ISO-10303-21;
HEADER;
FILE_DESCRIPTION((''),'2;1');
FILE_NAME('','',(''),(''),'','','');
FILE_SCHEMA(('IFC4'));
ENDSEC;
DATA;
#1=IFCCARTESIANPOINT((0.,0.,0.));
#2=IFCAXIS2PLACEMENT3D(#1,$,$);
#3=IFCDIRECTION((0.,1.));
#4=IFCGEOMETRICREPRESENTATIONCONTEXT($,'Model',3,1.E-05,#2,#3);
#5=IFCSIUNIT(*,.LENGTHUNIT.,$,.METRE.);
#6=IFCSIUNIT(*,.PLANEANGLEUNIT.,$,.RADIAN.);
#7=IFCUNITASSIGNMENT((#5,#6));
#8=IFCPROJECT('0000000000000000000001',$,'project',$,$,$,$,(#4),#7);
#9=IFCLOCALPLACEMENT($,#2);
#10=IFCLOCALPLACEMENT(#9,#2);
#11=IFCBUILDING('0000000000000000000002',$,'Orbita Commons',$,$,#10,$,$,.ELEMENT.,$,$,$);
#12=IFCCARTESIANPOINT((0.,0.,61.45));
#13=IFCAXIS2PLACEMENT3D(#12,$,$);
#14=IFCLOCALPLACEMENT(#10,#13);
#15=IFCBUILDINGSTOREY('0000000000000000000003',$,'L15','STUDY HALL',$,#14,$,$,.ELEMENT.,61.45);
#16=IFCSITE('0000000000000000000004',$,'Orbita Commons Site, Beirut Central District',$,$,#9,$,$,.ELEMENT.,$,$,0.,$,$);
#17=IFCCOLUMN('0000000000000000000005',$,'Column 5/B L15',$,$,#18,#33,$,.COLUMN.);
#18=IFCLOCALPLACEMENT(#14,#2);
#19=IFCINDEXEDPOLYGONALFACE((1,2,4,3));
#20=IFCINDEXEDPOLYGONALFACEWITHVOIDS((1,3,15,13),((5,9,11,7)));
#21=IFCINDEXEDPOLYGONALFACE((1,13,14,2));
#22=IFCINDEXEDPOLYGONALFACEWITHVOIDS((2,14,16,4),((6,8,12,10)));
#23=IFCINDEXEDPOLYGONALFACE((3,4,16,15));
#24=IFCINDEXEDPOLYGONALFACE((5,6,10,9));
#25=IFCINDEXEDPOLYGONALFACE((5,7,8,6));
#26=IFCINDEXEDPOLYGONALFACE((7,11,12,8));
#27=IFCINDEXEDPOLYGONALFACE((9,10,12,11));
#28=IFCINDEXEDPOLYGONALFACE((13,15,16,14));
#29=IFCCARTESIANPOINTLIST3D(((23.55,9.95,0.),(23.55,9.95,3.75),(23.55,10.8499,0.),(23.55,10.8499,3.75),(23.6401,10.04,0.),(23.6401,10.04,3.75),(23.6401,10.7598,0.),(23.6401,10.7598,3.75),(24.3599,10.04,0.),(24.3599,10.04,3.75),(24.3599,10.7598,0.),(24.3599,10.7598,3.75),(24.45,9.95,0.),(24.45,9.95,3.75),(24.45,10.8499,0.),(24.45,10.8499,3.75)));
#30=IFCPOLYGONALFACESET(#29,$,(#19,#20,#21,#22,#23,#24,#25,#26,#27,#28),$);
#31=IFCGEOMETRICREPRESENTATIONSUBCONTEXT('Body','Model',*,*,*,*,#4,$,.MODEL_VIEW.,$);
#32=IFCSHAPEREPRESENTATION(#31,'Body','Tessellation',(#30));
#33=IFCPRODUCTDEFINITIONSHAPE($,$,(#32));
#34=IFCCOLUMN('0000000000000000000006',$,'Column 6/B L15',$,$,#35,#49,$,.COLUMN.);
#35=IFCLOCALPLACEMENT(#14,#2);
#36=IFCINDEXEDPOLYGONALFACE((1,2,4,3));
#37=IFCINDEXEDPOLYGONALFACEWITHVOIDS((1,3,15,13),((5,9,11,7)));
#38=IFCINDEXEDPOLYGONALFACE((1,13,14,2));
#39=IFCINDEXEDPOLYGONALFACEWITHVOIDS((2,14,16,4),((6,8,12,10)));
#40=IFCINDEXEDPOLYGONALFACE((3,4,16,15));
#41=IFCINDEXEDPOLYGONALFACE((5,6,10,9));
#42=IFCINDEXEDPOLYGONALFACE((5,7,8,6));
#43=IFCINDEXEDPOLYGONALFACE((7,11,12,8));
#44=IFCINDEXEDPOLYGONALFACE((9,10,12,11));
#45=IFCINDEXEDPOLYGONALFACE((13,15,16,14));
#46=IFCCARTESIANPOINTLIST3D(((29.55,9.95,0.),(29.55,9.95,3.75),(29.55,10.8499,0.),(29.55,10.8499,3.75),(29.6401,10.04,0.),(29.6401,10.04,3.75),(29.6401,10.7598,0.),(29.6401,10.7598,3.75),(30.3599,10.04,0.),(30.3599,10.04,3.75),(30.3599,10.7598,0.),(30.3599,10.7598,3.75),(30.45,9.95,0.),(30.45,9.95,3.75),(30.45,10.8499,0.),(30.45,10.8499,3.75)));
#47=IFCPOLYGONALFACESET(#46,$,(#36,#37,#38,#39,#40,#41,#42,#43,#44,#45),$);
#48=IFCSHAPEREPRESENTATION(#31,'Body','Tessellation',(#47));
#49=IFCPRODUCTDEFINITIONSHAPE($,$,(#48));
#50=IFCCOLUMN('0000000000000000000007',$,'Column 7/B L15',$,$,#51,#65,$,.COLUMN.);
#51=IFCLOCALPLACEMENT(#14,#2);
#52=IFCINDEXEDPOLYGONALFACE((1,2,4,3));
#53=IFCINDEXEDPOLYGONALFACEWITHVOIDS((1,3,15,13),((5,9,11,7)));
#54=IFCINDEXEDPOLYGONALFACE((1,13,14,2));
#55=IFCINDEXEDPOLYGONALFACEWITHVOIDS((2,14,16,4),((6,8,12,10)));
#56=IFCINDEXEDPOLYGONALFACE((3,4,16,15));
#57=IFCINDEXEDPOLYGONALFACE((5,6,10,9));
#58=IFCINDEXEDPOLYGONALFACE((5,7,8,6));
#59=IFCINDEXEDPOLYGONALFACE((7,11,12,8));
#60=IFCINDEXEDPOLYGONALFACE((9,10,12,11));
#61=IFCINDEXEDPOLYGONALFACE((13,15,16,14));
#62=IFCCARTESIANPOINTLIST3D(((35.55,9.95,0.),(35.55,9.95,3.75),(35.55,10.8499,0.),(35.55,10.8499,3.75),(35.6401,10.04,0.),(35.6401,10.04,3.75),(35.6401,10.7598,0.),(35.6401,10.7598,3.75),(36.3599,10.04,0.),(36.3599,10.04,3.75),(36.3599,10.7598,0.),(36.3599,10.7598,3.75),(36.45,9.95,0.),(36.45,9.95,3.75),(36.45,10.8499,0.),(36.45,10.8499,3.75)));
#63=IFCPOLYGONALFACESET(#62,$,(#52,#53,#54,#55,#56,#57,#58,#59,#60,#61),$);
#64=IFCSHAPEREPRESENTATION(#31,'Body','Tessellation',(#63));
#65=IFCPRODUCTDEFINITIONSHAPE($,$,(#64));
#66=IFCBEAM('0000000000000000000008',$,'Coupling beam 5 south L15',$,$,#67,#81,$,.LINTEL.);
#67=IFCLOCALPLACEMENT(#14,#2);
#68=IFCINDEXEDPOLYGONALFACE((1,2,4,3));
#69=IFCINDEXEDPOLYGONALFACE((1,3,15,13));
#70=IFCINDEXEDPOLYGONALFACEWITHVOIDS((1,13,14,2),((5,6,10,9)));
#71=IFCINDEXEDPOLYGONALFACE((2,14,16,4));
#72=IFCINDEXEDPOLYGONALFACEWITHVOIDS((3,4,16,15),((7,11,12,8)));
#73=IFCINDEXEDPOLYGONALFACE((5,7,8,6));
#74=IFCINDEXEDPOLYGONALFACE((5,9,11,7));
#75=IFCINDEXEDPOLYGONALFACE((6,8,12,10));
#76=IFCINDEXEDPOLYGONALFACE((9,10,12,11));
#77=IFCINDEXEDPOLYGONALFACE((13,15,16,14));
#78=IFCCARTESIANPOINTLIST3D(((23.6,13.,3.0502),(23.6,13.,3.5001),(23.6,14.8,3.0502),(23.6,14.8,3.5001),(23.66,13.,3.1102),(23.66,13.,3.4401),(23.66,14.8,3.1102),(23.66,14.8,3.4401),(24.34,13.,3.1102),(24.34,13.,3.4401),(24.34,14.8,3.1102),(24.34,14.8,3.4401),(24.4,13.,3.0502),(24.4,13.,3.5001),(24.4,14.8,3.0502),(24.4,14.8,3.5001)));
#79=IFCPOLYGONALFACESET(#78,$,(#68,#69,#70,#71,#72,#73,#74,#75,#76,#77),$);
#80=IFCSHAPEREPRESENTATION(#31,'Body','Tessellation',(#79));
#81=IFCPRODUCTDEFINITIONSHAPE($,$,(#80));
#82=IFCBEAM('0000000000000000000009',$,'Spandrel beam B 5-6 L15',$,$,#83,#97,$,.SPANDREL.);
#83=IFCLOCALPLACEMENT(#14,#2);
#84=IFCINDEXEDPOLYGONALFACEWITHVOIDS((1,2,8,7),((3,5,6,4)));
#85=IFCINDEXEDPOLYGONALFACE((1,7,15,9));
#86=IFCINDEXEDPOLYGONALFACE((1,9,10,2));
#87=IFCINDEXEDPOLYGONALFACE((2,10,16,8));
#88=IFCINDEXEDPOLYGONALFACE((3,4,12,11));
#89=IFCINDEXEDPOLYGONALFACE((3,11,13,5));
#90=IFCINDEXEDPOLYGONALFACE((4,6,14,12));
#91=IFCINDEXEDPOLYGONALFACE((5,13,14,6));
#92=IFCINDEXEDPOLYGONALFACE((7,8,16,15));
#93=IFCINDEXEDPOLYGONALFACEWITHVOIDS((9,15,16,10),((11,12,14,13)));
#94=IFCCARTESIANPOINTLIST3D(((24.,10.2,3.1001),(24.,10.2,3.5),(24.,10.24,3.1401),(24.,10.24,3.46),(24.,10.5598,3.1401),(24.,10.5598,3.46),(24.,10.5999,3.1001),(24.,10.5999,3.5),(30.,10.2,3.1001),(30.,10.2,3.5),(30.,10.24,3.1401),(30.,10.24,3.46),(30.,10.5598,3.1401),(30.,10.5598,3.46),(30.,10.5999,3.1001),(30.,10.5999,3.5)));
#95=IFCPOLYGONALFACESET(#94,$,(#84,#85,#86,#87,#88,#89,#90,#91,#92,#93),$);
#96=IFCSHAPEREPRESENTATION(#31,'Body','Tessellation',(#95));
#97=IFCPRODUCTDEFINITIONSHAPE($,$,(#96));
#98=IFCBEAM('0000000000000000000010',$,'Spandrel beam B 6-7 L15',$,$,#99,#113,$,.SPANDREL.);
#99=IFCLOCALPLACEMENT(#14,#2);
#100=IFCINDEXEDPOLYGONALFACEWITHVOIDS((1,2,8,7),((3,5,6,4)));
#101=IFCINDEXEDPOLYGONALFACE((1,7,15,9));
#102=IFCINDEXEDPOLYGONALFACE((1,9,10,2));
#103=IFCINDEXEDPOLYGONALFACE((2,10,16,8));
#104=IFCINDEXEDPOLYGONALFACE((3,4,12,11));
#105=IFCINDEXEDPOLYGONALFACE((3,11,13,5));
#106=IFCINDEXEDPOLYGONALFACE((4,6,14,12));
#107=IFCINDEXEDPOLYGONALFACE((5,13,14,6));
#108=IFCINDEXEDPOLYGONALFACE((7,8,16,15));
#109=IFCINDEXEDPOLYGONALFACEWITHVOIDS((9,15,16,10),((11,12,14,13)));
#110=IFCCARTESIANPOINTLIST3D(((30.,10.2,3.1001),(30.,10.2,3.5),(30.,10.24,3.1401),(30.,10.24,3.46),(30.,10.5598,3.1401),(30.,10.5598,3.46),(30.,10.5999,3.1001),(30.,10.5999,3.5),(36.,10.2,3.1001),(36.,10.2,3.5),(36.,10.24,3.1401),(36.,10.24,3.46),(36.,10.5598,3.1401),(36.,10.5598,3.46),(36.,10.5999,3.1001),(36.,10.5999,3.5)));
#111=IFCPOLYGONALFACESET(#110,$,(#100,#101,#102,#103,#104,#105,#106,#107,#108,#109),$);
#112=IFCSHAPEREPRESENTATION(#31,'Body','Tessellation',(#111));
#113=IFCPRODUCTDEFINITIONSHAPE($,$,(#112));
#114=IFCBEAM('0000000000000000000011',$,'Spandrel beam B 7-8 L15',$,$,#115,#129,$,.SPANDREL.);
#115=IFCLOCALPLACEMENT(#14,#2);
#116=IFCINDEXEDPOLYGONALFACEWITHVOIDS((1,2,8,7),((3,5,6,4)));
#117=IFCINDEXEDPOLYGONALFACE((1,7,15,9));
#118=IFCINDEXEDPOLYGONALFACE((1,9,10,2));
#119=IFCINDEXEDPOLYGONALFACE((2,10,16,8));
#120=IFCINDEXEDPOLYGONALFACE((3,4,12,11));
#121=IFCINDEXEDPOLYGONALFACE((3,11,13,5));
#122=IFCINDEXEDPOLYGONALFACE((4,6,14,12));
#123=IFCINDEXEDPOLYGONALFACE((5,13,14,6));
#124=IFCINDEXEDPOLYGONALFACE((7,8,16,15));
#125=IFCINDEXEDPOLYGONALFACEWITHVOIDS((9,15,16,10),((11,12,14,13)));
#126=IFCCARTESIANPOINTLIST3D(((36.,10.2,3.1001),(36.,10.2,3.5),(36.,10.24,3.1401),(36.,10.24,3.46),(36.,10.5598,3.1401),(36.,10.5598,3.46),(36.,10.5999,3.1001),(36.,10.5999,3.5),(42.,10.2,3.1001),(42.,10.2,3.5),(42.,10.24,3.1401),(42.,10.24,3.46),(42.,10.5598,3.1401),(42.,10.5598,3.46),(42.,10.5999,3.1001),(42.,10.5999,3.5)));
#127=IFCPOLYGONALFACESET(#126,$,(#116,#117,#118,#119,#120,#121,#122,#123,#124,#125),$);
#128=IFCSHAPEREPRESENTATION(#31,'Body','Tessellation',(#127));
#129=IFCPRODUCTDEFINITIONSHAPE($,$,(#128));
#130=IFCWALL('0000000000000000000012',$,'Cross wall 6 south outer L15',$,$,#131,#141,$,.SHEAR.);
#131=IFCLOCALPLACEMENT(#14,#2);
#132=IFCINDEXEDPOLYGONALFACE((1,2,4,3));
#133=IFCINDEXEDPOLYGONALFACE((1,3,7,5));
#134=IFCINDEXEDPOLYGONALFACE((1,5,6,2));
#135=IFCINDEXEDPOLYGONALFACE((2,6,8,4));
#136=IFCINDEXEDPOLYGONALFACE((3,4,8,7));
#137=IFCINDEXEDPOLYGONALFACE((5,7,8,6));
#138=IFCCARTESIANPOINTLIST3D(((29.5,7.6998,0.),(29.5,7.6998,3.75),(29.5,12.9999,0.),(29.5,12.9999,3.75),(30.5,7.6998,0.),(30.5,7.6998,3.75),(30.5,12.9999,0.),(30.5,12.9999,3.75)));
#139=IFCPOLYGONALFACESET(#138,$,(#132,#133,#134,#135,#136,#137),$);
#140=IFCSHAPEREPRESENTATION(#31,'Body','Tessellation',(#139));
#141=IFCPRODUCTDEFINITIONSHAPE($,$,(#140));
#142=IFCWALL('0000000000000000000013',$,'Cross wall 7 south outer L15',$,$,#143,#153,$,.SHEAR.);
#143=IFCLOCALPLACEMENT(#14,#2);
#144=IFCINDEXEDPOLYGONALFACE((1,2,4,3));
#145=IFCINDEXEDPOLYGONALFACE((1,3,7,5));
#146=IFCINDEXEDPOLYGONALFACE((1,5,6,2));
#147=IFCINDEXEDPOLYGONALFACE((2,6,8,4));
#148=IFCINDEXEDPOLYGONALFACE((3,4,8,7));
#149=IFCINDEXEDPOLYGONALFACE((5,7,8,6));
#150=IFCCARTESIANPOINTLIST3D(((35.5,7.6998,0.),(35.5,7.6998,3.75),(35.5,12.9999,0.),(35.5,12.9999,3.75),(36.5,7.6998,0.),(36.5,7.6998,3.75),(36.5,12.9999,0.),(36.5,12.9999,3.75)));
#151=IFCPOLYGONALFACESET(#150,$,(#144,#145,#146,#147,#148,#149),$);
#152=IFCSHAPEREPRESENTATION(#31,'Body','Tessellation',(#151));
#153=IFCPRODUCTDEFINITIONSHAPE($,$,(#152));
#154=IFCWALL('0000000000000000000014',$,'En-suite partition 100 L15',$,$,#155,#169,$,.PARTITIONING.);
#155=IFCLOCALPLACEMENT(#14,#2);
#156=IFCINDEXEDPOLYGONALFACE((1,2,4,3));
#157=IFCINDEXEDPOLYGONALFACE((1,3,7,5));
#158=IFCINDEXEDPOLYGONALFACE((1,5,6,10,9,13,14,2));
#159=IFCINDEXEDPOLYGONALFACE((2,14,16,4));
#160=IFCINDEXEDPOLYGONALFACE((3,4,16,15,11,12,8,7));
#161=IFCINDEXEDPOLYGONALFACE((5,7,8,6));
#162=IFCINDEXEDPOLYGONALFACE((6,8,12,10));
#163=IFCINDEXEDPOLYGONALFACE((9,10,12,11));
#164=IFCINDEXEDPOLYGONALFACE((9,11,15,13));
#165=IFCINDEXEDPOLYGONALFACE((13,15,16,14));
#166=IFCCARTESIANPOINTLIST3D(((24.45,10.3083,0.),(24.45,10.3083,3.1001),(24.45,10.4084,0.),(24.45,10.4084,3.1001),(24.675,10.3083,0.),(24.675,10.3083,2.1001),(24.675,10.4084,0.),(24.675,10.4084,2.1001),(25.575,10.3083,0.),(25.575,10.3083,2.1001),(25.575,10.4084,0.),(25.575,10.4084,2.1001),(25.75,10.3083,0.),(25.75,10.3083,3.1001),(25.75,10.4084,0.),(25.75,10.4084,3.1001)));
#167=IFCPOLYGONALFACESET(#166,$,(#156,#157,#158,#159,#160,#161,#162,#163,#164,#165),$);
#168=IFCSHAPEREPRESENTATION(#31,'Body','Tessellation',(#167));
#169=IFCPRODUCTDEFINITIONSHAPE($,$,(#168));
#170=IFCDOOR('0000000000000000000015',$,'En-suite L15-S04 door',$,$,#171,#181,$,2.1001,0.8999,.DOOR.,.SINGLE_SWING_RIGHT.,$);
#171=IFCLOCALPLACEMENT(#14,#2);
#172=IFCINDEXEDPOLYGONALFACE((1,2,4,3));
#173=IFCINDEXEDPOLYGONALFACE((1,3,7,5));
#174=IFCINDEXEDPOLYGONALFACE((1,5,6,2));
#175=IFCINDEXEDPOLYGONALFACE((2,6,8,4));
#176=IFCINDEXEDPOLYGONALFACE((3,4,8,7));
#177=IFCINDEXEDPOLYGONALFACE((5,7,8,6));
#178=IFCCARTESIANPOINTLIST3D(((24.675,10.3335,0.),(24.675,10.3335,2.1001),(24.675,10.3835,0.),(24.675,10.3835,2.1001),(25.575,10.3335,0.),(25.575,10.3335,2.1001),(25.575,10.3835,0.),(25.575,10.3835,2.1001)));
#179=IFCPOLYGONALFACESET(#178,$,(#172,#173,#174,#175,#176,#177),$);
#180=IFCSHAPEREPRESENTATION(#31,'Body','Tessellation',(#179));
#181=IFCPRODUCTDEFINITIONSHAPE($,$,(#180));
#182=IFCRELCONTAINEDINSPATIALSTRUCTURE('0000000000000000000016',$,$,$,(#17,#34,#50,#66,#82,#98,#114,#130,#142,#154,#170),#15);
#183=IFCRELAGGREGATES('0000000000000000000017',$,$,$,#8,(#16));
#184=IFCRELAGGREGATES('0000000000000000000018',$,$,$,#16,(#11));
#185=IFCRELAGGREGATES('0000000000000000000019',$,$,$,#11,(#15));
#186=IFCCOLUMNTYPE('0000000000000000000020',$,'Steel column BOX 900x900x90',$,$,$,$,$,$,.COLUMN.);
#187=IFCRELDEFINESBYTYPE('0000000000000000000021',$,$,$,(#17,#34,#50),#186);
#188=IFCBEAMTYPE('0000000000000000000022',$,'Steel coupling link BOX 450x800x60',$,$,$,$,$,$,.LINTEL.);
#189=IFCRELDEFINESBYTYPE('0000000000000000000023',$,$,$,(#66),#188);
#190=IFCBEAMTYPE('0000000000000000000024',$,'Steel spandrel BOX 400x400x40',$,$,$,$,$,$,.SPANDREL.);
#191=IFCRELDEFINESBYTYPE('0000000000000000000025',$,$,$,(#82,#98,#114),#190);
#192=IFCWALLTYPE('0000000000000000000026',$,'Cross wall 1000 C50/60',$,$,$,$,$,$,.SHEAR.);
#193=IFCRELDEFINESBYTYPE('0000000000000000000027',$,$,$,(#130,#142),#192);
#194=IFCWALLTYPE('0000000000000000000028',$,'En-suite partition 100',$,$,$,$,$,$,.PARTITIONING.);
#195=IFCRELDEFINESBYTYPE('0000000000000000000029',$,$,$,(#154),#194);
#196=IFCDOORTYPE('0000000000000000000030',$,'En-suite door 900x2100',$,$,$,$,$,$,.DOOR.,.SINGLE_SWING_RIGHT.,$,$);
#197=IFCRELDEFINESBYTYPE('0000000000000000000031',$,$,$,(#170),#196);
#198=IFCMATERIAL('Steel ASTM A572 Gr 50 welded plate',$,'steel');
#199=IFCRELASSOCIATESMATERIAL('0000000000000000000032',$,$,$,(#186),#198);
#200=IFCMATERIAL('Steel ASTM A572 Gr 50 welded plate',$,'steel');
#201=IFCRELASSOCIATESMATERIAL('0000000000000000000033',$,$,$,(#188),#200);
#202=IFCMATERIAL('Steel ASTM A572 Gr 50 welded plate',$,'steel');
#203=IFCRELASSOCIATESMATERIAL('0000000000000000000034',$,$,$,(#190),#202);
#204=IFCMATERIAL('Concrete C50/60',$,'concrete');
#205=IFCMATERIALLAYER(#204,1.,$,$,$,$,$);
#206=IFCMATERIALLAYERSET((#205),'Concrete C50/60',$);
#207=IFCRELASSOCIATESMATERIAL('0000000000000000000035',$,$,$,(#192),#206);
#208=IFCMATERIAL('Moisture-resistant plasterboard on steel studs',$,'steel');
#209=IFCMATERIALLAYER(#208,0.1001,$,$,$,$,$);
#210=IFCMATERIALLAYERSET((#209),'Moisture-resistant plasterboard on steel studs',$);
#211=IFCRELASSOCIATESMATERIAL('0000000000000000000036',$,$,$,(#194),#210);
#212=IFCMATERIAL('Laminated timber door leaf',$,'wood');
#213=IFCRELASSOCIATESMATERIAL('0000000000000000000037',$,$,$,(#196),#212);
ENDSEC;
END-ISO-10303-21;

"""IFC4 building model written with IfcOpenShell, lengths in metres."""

from ifc_helpers import new_model, si_unit, direction, frame, frame_2d, origin, origin_2d, place, context, subcontext, project, spatial, polyline, rectangle, hollow_rectangle, outline, extrude, material, layer, layer_set, material_profile, profile_set, type_object, element, fill, save


model = new_model("IFC4")

# Units and contexts
model_context = context("Model", 3, precision=1e-05, world=origin(), true_north=direction((0.0, 1.0)))
body_context = subcontext(model_context, "Body", "Model", "MODEL_VIEW")
ifc_project = project(units=[si_unit("LENGTHUNIT", "METRE"), si_unit("PLANEANGLEUNIT", "RADIAN")], contexts=[model_context])

# Site, building, storey
site_placement = place(None, origin())
site = spatial("IfcSite", under=ifc_project, at=site_placement, Name="Orbita Commons Site, Beirut Central District", CompositionType="ELEMENT", RefElevation=0.0)
building_placement = place(site_placement, origin())
building = spatial("IfcBuilding", under=site, at=building_placement, Name="Orbita Commons", CompositionType="ELEMENT")
storey_placement = place(building_placement, frame((0.0, 0.0, 61.45)))
storey = spatial("IfcBuildingStorey", under=building, at=storey_placement, Name="L15", Description="STUDY HALL", CompositionType="ELEMENT", Elevation=61.45)

# Columns
ifc_material_1 = material(Name="Steel ASTM A572 Gr 50 welded plate", Category="steel")
ifc_material_profile_1 = material_profile(ifc_material_1, hollow_rectangle(XDim=0.8999, YDim=0.8999, WallThickness=0.0901, at=origin_2d()), Name="BOX 900x900x90")
ifc_profile_set_1 = profile_set([ifc_material_profile_1], Name="Steel ASTM A572 Gr 50 welded plate")
column_type = type_object("IfcColumnType", Name="Steel column BOX 900x900x90", PredefinedType="COLUMN", material=ifc_profile_set_1)
for number, where, z_axis, x_axis, name in (
    (1, (24.0, 10.3999, 0.0), (0.0, 0.0, 1.0), (1.0, 0.0, 0.0), "Column 5/B L15"),
    (2, (30.0, 10.3999, 0.0), (0.0, 0.0, 1.0), (1.0, 0.0, 0.0), "Column 6/B L15"),
    (3, (36.0, 10.3999, 0.0), (0.0, 0.0, 1.0), (1.0, 0.0, 0.0), "Column 7/B L15"),
):
    element("IfcColumn", number, at=place(storey_placement, frame(where, z_axis=z_axis, x_axis=x_axis)), inside=storey, type_object=column_type, Name=name, PredefinedType="COLUMN", context=body_context, shape_type="SweptSolid", body=[
        extrude(hollow_rectangle(XDim=0.8999, YDim=0.8999, WallThickness=0.0901, at=origin_2d()), origin(), (0.0, 0.0, 1.0), 3.75),
    ])

# Beams
ifc_material_2 = material(Name="Steel ASTM A572 Gr 50 welded plate", Category="steel")
ifc_material_profile_2 = material_profile(ifc_material_2, hollow_rectangle(XDim=0.8, YDim=0.45, WallThickness=0.0601, at=origin_2d()), Name="BOX 450x800x60")
ifc_profile_set_2 = profile_set([ifc_material_profile_2], Name="Steel ASTM A572 Gr 50 welded plate")
beam_type_1 = type_object("IfcBeamType", Name="Steel coupling link BOX 450x800x60", PredefinedType="LINTEL", material=ifc_profile_set_2)
beam_placement = place(storey_placement, frame((24.0, 13.0, 3.2751), z_axis=(0.0, 1.0, 0.0), x_axis=(-1.0, 0.0, 0.0)))
element("IfcBeam", 4, at=beam_placement, inside=storey, type_object=beam_type_1, Name="Coupling beam 5 south L15", PredefinedType="LINTEL", context=body_context, shape_type="SweptSolid", body=[
    extrude(hollow_rectangle(XDim=0.8, YDim=0.45, WallThickness=0.0601, at=origin_2d()), origin(), (0.0, 0.0, 1.0), 1.8),
])
ifc_material_3 = material(Name="Steel ASTM A572 Gr 50 welded plate", Category="steel")
ifc_material_profile_3 = material_profile(ifc_material_3, hollow_rectangle(XDim=0.3999, YDim=0.3999, WallThickness=0.04, at=origin_2d()), Name="BOX 400x400x40")
ifc_profile_set_3 = profile_set([ifc_material_profile_3], Name="Steel ASTM A572 Gr 50 welded plate")
beam_type_2 = type_object("IfcBeamType", Name="Steel spandrel BOX 400x400x40", PredefinedType="SPANDREL", material=ifc_profile_set_3)
for number, where, z_axis, x_axis, name in (
    (5, (24.0, 10.3999, 3.3), (1.0, 0.0, 0.0), (0.0, 1.0, 0.0), "Spandrel beam B 5-6 L15"),
    (6, (30.0, 10.3999, 3.3), (1.0, 0.0, 0.0), (0.0, 1.0, 0.0), "Spandrel beam B 6-7 L15"),
    (7, (36.0, 10.3999, 3.3), (1.0, 0.0, 0.0), (0.0, 1.0, 0.0), "Spandrel beam B 7-8 L15"),
):
    element("IfcBeam", number, at=place(storey_placement, frame(where, z_axis=z_axis, x_axis=x_axis)), inside=storey, type_object=beam_type_2, Name=name, PredefinedType="SPANDREL", context=body_context, shape_type="SweptSolid", body=[
        extrude(hollow_rectangle(XDim=0.3999, YDim=0.3999, WallThickness=0.04, at=origin_2d()), origin(), (0.0, 0.0, 1.0), 6.0),
    ])

# Walls
ifc_material_4 = material(Name="Concrete C50/60", Category="concrete")
ifc_layer_1 = layer(ifc_material_4, 1.0)
ifc_layer_set_1 = layer_set([ifc_layer_1], Name="Concrete C50/60")
wall_type_1 = type_object("IfcWallType", Name="Cross wall 1000 C50/60", PredefinedType="SHEAR", material=ifc_layer_set_1)
for number, where, z_axis, x_axis, name in (
    (8, (30.0, 7.7, 0.0), (0.0, 0.0, 1.0), (0.0, 1.0, 0.0), "Cross wall 6 south outer L15"),
    (9, (36.0, 7.7, 0.0), (0.0, 0.0, 1.0), (0.0, 1.0, 0.0), "Cross wall 7 south outer L15"),
):
    element("IfcWall", number, at=place(storey_placement, frame(where, z_axis=z_axis, x_axis=x_axis)), inside=storey, type_object=wall_type_1, Name=name, PredefinedType="SHEAR", context=body_context, shape_type="SweptSolid", body=[
        extrude(rectangle(XDim=5.3, YDim=1.0, at=frame_2d((2.6499, 0.0))), origin(), (0.0, 0.0, 1.0), 3.75),
    ])

# Wall, opening, door
ifc_material_5 = material(Name="Moisture-resistant plasterboard on steel studs", Category="steel")
ifc_layer_2 = layer(ifc_material_5, 0.1001)
ifc_layer_set_2 = layer_set([ifc_layer_2], Name="Moisture-resistant plasterboard on steel studs")
wall_type_2 = type_object("IfcWallType", Name="En-suite partition 100", PredefinedType="PARTITIONING", material=ifc_layer_set_2)
wall_1_placement = place(storey_placement, frame((25.75, 10.3584, 0.0), z_axis=(0.0, 0.0, 1.0), x_axis=(-1.0, 0.0, 0.0)))
wall_1 = element("IfcWall", 10, at=wall_1_placement, inside=storey, type_object=wall_type_2, Name="En-suite partition 100 L15", PredefinedType="PARTITIONING", context=body_context, shape_type="SweptSolid", body=[
    extrude(outline(polyline([(0.0, 0.0), (1.3, 0.0), (1.3, 3.1001), (0.0, 3.1001), (0.0, 0.0)])), frame((0.0, 0.05, 0.0), z_axis=(0.0, -1.0, 0.0), x_axis=(1.0, 0.0, 0.0)), (0.0, 0.0, 1.0), 0.1001),
])
opening_1_placement = place(wall_1_placement, frame((0.175, 0.0, 0.0)))
opening_1 = element("IfcOpeningElement", 11, at=opening_1_placement, cuts=wall_1, PredefinedType="OPENING", context=body_context, shape_type="SweptSolid", body=[
    extrude(rectangle(XDim=0.8999, YDim=2.1001, at=frame_2d((0.45, 1.05))), frame((0.0, 0.0601, 0.0), z_axis=(0.0, -1.0, 0.0), x_axis=(1.0, 0.0, 0.0)), (0.0, 0.0, 1.0), 0.1201),
])
ifc_material_6 = material(Name="Laminated timber door leaf", Category="wood")
door_type_1 = type_object("IfcDoorType", Name="En-suite door 900x2100", OperationType="SINGLE_SWING_RIGHT", PredefinedType="DOOR", material=ifc_material_6)
door_1_placement = place(opening_1_placement, origin())
door_1 = element("IfcDoor", 12, at=door_1_placement, inside=storey, type_object=door_type_1, Name="En-suite L15-S04 door", OperationType="SINGLE_SWING_RIGHT", OverallHeight=2.1001, OverallWidth=0.8999, PredefinedType="DOOR", context=body_context, shape_type="SweptSolid", body=[
    extrude(rectangle(XDim=0.8999, YDim=2.1001, at=frame_2d((0.45, 1.05))), frame((0.0, 0.0249, 0.0), z_axis=(0.0, -1.0, 0.0), x_axis=(1.0, 0.0, 0.0)), (0.0, 0.0, 1.0), 0.05),
])
fill(opening_1, door_1)

save(model, "model.ifc")
